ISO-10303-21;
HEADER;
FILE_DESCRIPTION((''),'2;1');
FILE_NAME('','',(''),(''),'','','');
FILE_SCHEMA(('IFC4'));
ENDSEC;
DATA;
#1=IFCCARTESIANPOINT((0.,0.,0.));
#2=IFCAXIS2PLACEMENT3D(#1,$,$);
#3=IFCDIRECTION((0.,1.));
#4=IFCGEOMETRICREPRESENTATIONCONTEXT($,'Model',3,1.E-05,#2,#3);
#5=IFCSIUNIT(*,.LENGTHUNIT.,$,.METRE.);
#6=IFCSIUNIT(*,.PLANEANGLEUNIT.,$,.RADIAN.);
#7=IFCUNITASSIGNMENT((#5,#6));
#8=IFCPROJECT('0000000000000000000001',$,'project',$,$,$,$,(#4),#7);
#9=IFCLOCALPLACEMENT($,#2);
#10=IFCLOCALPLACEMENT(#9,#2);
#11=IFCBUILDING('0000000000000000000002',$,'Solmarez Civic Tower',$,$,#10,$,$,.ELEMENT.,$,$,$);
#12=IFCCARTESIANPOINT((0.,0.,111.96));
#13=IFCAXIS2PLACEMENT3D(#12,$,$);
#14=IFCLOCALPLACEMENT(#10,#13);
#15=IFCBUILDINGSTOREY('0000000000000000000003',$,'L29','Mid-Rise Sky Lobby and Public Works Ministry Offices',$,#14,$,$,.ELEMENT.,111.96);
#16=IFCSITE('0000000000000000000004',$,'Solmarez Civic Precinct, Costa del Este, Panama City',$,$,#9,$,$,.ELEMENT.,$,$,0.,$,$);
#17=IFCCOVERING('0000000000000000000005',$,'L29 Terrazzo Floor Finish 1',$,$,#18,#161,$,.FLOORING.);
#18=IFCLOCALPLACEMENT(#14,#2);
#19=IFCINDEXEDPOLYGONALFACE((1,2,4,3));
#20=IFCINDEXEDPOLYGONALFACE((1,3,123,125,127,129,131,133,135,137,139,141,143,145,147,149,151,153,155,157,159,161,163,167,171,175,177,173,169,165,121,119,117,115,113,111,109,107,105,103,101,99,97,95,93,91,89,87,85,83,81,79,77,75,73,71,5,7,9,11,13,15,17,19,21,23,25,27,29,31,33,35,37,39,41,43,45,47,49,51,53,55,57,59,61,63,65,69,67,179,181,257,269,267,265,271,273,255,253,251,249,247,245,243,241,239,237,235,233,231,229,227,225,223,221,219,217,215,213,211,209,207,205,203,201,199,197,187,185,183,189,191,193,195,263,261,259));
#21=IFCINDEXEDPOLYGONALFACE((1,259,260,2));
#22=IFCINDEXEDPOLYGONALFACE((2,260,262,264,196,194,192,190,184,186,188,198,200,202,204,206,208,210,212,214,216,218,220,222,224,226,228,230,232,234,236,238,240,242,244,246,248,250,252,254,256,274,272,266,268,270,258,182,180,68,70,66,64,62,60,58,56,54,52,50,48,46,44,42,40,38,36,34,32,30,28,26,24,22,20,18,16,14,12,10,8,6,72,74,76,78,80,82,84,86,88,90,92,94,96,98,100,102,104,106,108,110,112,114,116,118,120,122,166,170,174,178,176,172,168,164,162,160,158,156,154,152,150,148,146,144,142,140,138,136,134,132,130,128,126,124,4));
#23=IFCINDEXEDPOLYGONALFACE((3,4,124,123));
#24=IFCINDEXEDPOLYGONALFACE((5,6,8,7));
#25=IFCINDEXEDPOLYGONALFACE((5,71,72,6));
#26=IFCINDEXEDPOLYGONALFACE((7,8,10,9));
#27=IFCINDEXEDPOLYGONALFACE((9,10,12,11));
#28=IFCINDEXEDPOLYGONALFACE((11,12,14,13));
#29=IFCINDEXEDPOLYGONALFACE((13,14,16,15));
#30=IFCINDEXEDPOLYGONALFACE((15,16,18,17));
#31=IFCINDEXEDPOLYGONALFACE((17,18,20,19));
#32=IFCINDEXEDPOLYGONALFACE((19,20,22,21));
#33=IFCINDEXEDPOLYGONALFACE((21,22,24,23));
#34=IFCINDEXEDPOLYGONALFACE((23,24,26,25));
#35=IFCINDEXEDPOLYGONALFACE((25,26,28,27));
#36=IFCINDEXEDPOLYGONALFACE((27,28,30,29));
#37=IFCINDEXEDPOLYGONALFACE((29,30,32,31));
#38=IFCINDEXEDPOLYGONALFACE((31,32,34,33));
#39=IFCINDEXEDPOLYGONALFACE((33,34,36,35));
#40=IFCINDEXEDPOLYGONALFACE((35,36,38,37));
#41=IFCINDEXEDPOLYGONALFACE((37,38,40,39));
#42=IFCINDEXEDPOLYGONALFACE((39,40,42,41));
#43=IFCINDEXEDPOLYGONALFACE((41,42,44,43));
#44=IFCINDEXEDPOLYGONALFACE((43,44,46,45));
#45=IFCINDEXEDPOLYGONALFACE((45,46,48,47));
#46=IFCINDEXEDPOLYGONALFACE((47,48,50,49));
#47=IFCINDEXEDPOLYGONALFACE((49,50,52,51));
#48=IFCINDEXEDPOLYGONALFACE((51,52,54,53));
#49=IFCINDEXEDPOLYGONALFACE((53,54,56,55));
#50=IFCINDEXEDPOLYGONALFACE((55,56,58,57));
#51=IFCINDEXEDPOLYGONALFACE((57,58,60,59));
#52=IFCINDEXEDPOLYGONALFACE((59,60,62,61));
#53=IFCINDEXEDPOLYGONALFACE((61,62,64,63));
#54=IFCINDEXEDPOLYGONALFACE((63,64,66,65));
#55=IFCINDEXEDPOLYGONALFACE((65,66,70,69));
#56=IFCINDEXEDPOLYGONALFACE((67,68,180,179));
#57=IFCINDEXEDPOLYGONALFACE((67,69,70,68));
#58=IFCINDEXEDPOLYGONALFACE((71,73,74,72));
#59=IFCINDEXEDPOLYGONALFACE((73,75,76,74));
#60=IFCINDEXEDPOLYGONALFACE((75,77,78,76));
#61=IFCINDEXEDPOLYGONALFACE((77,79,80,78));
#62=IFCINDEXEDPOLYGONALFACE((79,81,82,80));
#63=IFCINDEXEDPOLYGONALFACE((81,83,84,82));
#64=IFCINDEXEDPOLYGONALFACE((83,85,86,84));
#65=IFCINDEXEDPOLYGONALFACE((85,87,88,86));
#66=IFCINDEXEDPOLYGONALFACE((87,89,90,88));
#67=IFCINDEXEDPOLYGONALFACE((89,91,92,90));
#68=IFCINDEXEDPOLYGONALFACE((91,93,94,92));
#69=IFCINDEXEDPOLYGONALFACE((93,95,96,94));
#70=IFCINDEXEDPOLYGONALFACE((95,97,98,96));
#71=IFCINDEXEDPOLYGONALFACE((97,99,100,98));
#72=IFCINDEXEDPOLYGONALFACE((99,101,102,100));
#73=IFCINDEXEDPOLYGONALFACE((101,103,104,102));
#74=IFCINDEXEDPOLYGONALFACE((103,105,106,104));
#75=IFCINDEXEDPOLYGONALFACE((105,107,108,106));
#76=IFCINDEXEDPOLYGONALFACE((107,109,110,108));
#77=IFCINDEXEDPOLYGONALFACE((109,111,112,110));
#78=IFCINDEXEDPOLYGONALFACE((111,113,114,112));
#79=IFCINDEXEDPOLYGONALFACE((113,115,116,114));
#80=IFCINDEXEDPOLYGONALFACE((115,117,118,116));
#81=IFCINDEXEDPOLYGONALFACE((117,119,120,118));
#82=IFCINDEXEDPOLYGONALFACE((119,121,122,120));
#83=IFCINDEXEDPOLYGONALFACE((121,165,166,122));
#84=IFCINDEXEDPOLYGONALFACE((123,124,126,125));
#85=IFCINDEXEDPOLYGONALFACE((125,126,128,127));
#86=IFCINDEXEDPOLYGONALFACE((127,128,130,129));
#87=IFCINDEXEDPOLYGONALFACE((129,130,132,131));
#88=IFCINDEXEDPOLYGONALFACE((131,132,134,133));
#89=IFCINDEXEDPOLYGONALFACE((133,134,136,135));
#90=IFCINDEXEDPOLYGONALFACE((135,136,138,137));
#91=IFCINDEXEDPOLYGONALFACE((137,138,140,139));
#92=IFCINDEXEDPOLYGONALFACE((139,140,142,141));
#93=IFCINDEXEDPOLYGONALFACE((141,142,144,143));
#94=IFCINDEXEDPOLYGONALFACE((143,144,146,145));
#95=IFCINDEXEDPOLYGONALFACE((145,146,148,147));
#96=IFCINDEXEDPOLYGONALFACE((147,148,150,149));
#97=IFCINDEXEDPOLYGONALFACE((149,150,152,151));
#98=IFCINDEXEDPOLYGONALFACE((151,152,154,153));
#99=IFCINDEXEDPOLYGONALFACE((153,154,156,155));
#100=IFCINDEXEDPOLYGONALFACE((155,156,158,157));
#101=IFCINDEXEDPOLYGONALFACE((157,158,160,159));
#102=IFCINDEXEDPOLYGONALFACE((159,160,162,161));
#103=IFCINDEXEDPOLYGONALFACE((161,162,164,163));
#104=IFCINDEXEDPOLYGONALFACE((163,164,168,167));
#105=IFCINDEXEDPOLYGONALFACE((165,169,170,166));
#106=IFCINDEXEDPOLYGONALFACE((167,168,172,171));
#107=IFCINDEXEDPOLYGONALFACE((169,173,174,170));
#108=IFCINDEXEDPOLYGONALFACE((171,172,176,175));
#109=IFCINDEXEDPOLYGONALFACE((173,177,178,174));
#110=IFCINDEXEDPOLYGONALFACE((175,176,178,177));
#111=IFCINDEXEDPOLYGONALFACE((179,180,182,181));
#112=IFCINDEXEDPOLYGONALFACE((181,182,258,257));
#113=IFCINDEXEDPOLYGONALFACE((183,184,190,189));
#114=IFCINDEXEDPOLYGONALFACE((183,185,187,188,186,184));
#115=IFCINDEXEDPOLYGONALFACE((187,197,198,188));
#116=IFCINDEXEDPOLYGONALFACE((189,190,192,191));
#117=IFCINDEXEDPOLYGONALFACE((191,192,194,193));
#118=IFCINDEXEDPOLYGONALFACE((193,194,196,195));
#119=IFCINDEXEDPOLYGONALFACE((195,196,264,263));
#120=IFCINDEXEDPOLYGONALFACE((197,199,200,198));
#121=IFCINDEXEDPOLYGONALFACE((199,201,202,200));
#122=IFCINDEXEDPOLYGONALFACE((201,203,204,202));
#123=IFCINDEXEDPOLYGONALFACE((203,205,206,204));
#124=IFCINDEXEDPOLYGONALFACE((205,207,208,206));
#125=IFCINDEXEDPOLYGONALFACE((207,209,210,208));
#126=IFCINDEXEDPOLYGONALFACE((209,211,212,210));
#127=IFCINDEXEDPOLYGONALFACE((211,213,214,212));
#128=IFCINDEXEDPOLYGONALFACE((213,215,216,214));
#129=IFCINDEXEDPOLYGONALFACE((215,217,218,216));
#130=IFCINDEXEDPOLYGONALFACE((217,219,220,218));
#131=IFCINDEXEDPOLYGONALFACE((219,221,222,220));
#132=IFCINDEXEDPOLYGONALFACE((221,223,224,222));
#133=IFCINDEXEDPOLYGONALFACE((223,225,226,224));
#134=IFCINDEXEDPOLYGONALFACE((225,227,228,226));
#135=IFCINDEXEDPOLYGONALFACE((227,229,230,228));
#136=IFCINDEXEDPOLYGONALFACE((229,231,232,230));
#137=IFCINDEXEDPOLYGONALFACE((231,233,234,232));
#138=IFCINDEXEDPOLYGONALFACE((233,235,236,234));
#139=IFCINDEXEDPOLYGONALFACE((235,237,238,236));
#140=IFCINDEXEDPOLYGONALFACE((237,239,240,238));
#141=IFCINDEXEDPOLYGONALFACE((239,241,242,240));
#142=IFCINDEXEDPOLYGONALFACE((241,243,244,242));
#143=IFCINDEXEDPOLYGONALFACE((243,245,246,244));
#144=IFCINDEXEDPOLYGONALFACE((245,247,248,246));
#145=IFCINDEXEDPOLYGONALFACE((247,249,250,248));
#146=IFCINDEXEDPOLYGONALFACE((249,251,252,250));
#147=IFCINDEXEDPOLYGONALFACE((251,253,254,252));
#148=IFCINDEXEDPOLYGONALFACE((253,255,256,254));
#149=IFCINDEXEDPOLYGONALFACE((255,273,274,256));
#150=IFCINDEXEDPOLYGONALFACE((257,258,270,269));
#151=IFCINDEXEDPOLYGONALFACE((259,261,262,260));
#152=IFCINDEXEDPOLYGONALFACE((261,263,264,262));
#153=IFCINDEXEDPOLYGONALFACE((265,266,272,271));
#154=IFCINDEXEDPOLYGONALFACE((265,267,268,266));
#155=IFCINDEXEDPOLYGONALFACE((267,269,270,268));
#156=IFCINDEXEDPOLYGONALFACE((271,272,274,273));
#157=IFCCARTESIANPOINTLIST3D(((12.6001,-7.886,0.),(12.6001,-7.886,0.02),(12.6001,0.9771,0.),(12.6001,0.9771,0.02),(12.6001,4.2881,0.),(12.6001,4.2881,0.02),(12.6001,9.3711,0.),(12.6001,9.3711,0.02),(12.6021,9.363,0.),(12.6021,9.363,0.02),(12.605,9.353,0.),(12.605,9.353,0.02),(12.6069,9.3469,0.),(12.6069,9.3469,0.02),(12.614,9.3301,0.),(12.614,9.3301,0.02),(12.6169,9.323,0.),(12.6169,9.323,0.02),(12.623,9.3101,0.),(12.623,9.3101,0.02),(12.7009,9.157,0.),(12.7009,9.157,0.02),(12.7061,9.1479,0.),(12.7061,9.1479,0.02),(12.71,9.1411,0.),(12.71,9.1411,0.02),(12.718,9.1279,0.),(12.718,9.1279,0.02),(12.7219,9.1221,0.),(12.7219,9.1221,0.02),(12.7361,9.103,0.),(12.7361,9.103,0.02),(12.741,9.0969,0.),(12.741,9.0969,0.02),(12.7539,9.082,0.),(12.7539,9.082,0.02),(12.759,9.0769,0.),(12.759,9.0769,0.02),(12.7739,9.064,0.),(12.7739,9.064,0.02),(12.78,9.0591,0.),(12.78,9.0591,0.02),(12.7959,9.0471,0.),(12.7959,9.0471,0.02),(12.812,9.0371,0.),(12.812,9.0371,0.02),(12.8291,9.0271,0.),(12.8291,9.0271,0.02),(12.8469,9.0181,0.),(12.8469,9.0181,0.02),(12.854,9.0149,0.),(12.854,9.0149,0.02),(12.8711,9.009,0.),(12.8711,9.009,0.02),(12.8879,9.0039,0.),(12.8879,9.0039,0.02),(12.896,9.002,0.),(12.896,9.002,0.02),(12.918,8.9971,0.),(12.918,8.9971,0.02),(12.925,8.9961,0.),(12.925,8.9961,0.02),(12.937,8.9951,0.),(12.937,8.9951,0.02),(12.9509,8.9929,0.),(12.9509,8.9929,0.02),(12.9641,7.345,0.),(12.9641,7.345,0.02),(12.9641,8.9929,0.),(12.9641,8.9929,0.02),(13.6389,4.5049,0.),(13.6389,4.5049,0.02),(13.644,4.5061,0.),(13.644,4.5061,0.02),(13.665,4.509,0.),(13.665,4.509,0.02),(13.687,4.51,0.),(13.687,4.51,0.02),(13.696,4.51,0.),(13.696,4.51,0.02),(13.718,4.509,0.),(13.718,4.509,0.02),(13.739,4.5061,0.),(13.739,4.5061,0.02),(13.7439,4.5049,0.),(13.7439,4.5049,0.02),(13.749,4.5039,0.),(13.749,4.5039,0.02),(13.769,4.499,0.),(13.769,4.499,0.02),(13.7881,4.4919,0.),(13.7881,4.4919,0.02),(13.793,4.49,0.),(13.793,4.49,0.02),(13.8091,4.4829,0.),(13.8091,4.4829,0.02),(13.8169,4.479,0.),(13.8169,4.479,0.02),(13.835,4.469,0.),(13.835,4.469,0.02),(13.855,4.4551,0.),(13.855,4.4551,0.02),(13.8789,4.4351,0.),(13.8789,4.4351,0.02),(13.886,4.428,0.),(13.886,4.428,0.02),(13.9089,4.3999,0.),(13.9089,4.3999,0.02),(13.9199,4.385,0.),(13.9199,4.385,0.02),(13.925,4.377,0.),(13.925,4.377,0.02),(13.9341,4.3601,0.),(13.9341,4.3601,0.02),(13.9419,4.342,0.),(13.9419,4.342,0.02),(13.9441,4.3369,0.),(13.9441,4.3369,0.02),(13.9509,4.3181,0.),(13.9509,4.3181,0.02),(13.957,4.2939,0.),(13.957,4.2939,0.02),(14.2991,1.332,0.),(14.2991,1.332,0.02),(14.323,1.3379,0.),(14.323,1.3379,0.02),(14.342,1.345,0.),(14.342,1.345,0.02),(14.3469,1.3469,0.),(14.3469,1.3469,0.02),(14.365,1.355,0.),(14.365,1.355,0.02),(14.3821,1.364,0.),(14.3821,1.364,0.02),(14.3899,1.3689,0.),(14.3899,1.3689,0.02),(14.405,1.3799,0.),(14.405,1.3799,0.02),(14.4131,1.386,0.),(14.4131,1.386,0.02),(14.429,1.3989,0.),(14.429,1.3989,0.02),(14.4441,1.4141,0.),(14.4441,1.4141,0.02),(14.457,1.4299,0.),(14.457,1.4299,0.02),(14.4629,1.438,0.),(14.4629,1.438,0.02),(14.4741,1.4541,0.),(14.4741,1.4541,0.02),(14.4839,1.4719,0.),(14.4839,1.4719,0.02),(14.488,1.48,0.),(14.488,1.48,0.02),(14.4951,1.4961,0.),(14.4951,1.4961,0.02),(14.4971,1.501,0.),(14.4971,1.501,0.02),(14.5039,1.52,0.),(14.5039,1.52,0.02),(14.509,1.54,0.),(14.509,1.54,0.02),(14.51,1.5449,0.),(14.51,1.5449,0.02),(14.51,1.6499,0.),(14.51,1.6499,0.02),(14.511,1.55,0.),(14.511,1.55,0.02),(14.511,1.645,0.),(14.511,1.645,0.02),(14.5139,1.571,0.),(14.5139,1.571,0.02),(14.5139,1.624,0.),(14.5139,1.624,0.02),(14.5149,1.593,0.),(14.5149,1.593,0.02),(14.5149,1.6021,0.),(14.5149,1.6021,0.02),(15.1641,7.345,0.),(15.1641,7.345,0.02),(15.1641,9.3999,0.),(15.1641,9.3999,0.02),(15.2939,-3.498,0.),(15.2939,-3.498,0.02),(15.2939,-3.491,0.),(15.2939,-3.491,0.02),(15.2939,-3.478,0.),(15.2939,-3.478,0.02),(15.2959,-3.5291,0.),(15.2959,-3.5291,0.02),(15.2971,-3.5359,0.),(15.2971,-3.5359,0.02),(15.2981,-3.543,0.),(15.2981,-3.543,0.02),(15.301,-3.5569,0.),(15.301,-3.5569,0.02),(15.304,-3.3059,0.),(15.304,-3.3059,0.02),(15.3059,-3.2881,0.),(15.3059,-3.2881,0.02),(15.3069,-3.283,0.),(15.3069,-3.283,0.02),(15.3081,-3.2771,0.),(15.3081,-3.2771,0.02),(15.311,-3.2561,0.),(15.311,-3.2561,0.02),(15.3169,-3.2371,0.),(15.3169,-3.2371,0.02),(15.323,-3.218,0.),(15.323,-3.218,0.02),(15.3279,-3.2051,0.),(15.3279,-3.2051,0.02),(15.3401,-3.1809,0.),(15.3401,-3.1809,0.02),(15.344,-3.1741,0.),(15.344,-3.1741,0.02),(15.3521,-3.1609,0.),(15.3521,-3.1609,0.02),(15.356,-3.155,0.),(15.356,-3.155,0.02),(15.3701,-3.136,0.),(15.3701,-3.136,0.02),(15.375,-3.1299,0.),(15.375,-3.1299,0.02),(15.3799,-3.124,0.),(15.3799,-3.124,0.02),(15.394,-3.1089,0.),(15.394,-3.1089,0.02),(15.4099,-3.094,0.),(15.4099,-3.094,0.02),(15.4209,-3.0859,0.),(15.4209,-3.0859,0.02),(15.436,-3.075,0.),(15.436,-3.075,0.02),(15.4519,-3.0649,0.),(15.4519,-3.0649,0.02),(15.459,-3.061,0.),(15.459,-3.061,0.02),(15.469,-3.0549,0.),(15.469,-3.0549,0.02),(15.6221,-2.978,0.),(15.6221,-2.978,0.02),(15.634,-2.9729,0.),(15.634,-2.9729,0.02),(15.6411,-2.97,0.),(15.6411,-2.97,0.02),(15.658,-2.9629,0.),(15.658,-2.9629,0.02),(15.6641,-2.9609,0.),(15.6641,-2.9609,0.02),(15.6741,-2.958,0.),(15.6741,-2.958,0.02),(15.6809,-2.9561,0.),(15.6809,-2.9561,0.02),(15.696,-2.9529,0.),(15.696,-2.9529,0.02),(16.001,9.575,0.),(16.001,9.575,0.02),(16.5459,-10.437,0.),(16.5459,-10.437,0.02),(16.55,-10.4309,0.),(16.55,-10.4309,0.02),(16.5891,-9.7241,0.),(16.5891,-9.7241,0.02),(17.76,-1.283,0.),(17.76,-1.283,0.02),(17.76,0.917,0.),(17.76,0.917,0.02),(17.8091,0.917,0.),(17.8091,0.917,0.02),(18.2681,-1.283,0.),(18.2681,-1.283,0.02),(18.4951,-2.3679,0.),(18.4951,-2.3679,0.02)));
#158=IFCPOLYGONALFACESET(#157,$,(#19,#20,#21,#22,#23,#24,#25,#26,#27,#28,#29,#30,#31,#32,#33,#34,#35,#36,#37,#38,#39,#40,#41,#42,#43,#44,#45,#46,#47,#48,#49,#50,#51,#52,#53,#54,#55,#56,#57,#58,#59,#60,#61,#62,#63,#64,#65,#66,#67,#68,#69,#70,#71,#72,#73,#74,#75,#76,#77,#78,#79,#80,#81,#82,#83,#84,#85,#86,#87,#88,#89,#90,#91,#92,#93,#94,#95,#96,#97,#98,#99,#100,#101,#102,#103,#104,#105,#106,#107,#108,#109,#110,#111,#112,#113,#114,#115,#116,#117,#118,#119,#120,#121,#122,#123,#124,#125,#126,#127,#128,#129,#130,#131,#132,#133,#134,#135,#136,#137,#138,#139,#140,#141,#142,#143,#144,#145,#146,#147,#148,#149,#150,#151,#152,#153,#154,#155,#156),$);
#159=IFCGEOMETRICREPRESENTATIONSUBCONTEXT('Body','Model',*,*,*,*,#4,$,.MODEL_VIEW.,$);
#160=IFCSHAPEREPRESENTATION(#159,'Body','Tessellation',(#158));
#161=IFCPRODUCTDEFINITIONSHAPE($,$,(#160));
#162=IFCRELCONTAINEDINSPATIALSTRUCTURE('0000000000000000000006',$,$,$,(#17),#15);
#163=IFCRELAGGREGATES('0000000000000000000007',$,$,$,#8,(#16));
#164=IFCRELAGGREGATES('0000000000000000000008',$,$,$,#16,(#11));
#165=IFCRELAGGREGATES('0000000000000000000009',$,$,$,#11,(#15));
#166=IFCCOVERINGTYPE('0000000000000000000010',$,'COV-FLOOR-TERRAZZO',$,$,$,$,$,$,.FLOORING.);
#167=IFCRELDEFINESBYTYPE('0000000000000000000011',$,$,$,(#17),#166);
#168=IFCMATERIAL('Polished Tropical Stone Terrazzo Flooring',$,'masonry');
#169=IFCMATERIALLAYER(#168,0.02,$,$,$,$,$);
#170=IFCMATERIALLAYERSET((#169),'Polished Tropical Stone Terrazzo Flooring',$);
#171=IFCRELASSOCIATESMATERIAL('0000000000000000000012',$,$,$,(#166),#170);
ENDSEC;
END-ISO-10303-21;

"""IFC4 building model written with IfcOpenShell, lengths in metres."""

from ifc_helpers import new_model, si_unit, direction, frame, origin, place, context, subcontext, project, spatial, polyline, outline, extrude, material, layer, layer_set, type_object, element, save


model = new_model("IFC4")

# Units and contexts
model_context = context("Model", 3, precision=1e-05, world=origin(), true_north=direction((0.0, 1.0)))
body_context = subcontext(model_context, "Body", "Model", "MODEL_VIEW")
ifc_project = project(units=[si_unit("LENGTHUNIT", "METRE"), si_unit("PLANEANGLEUNIT", "RADIAN")], contexts=[model_context])

# Site, building, storey
site_placement = place(None, origin())
site = spatial("IfcSite", under=ifc_project, at=site_placement, Name="Solmarez Civic Precinct, Costa del Este, Panama City", CompositionType="ELEMENT", RefElevation=0.0)
building_placement = place(site_placement, origin())
building = spatial("IfcBuilding", under=site, at=building_placement, Name="Solmarez Civic Tower", CompositionType="ELEMENT")
storey_placement = place(building_placement, frame((0.0, 0.0, 111.96)))
storey = spatial("IfcBuildingStorey", under=building, at=storey_placement, Name="L29", Description="Mid-Rise Sky Lobby and Public Works Ministry Offices", CompositionType="ELEMENT", Elevation=111.96)

# Covering
ifc_material_1 = material(Name="Polished Tropical Stone Terrazzo Flooring", Category="masonry")
ifc_layer_1 = layer(ifc_material_1, 0.02)
ifc_layer_set_1 = layer_set([ifc_layer_1], Name="Polished Tropical Stone Terrazzo Flooring")
covering_type_1 = type_object("IfcCoveringType", Name="COV-FLOOR-TERRAZZO", PredefinedType="FLOORING", material=ifc_layer_set_1)
covering_1_placement = place(storey_placement, origin())
element("IfcCovering", 1, at=covering_1_placement, inside=storey, type_object=covering_type_1, Name="L29 Terrazzo Floor Finish 1", PredefinedType="FLOORING", context=body_context, shape_type="SweptSolid", body=[
    extrude(outline(polyline([(12.812, 9.0371), (12.7959, 9.0471), (12.78, 9.0591), (12.7739, 9.064), (12.759, 9.0769), (12.7539, 9.082), (12.741, 9.0969), (12.7361, 9.103), (12.7219, 9.1221), (12.718, 9.1279), (12.71, 9.1411), (12.7061, 9.1479), (12.7009, 9.157), (12.623, 9.3101), (12.6169, 9.323), (12.614, 9.3301), (12.6069, 9.3469), (12.605, 9.353), (12.6021, 9.363), (12.6001, 9.3711), (12.6001, 4.2881), (13.6389, 4.5049), (13.644, 4.5061), (13.665, 4.509), (13.687, 4.51), (13.696, 4.51), (13.718, 4.509), (13.739, 4.5061), (13.7439, 4.5049), (13.749, 4.5039), (13.769, 4.499), (13.7881, 4.4919), (13.793, 4.49), (13.8091, 4.4829), (13.8169, 4.479), (13.835, 4.469), (13.855, 4.4551), (13.8789, 4.4351), (13.886, 4.428), (13.9089, 4.3999), (13.9199, 4.385), (13.925, 4.377), (13.9341, 4.3601), (13.9419, 4.342), (13.9441, 4.3369), (13.9509, 4.3181), (13.957, 4.2939), (14.51, 1.6499), (14.511, 1.645), (14.5139, 1.624), (14.5149, 1.6021), (14.5149, 1.593), (14.5139, 1.571), (14.511, 1.55), (14.51, 1.5449), (14.509, 1.54), (14.5039, 1.52), (14.4971, 1.501), (14.4951, 1.4961), (14.488, 1.48), (14.4839, 1.4719), (14.4741, 1.4541), (14.4629, 1.438), (14.457, 1.4299), (14.4441, 1.4141), (14.429, 1.3989), (14.4131, 1.386), (14.405, 1.3799), (14.3899, 1.3689), (14.3821, 1.364), (14.365, 1.355), (14.3469, 1.3469), (14.342, 1.345), (14.323, 1.3379), (14.2991, 1.332), (12.6001, 0.9771), (12.6001, -7.886), (16.5459, -10.437), (16.55, -10.4309), (16.5891, -9.7241), (15.301, -3.5569), (15.2981, -3.543), (15.2971, -3.5359), (15.2959, -3.5291), (15.2939, -3.498), (15.2939, -3.491), (15.2939, -3.478), (15.304, -3.3059), (15.3059, -3.2881), (15.3069, -3.283), (15.3081, -3.2771), (15.311, -3.2561), (15.3169, -3.2371), (15.323, -3.218), (15.3279, -3.2051), (15.3401, -3.1809), (15.344, -3.1741), (15.3521, -3.1609), (15.356, -3.155), (15.3701, -3.136), (15.375, -3.1299), (15.3799, -3.124), (15.394, -3.1089), (15.4099, -3.094), (15.4209, -3.0859), (15.436, -3.075), (15.4519, -3.0649), (15.459, -3.061), (15.469, -3.0549), (15.6221, -2.978), (15.634, -2.9729), (15.6411, -2.97), (15.658, -2.9629), (15.6641, -2.9609), (15.6741, -2.958), (15.6809, -2.9561), (15.696, -2.9529), (18.4951, -2.3679), (18.2681, -1.283), (17.76, -1.283), (17.76, 0.917), (17.8091, 0.917), (16.001, 9.575), (15.1641, 9.3999), (15.1641, 7.345), (12.9641, 7.345), (12.9641, 8.9929), (12.9509, 8.9929), (12.937, 8.9951), (12.925, 8.9961), (12.918, 8.9971), (12.896, 9.002), (12.8879, 9.0039), (12.8711, 9.009), (12.854, 9.0149), (12.8469, 9.0181), (12.8291, 9.0271), (12.812, 9.0371)])), origin(), (0.0, 0.0, 1.0), 0.02),
])

save(model, "model.ifc")
